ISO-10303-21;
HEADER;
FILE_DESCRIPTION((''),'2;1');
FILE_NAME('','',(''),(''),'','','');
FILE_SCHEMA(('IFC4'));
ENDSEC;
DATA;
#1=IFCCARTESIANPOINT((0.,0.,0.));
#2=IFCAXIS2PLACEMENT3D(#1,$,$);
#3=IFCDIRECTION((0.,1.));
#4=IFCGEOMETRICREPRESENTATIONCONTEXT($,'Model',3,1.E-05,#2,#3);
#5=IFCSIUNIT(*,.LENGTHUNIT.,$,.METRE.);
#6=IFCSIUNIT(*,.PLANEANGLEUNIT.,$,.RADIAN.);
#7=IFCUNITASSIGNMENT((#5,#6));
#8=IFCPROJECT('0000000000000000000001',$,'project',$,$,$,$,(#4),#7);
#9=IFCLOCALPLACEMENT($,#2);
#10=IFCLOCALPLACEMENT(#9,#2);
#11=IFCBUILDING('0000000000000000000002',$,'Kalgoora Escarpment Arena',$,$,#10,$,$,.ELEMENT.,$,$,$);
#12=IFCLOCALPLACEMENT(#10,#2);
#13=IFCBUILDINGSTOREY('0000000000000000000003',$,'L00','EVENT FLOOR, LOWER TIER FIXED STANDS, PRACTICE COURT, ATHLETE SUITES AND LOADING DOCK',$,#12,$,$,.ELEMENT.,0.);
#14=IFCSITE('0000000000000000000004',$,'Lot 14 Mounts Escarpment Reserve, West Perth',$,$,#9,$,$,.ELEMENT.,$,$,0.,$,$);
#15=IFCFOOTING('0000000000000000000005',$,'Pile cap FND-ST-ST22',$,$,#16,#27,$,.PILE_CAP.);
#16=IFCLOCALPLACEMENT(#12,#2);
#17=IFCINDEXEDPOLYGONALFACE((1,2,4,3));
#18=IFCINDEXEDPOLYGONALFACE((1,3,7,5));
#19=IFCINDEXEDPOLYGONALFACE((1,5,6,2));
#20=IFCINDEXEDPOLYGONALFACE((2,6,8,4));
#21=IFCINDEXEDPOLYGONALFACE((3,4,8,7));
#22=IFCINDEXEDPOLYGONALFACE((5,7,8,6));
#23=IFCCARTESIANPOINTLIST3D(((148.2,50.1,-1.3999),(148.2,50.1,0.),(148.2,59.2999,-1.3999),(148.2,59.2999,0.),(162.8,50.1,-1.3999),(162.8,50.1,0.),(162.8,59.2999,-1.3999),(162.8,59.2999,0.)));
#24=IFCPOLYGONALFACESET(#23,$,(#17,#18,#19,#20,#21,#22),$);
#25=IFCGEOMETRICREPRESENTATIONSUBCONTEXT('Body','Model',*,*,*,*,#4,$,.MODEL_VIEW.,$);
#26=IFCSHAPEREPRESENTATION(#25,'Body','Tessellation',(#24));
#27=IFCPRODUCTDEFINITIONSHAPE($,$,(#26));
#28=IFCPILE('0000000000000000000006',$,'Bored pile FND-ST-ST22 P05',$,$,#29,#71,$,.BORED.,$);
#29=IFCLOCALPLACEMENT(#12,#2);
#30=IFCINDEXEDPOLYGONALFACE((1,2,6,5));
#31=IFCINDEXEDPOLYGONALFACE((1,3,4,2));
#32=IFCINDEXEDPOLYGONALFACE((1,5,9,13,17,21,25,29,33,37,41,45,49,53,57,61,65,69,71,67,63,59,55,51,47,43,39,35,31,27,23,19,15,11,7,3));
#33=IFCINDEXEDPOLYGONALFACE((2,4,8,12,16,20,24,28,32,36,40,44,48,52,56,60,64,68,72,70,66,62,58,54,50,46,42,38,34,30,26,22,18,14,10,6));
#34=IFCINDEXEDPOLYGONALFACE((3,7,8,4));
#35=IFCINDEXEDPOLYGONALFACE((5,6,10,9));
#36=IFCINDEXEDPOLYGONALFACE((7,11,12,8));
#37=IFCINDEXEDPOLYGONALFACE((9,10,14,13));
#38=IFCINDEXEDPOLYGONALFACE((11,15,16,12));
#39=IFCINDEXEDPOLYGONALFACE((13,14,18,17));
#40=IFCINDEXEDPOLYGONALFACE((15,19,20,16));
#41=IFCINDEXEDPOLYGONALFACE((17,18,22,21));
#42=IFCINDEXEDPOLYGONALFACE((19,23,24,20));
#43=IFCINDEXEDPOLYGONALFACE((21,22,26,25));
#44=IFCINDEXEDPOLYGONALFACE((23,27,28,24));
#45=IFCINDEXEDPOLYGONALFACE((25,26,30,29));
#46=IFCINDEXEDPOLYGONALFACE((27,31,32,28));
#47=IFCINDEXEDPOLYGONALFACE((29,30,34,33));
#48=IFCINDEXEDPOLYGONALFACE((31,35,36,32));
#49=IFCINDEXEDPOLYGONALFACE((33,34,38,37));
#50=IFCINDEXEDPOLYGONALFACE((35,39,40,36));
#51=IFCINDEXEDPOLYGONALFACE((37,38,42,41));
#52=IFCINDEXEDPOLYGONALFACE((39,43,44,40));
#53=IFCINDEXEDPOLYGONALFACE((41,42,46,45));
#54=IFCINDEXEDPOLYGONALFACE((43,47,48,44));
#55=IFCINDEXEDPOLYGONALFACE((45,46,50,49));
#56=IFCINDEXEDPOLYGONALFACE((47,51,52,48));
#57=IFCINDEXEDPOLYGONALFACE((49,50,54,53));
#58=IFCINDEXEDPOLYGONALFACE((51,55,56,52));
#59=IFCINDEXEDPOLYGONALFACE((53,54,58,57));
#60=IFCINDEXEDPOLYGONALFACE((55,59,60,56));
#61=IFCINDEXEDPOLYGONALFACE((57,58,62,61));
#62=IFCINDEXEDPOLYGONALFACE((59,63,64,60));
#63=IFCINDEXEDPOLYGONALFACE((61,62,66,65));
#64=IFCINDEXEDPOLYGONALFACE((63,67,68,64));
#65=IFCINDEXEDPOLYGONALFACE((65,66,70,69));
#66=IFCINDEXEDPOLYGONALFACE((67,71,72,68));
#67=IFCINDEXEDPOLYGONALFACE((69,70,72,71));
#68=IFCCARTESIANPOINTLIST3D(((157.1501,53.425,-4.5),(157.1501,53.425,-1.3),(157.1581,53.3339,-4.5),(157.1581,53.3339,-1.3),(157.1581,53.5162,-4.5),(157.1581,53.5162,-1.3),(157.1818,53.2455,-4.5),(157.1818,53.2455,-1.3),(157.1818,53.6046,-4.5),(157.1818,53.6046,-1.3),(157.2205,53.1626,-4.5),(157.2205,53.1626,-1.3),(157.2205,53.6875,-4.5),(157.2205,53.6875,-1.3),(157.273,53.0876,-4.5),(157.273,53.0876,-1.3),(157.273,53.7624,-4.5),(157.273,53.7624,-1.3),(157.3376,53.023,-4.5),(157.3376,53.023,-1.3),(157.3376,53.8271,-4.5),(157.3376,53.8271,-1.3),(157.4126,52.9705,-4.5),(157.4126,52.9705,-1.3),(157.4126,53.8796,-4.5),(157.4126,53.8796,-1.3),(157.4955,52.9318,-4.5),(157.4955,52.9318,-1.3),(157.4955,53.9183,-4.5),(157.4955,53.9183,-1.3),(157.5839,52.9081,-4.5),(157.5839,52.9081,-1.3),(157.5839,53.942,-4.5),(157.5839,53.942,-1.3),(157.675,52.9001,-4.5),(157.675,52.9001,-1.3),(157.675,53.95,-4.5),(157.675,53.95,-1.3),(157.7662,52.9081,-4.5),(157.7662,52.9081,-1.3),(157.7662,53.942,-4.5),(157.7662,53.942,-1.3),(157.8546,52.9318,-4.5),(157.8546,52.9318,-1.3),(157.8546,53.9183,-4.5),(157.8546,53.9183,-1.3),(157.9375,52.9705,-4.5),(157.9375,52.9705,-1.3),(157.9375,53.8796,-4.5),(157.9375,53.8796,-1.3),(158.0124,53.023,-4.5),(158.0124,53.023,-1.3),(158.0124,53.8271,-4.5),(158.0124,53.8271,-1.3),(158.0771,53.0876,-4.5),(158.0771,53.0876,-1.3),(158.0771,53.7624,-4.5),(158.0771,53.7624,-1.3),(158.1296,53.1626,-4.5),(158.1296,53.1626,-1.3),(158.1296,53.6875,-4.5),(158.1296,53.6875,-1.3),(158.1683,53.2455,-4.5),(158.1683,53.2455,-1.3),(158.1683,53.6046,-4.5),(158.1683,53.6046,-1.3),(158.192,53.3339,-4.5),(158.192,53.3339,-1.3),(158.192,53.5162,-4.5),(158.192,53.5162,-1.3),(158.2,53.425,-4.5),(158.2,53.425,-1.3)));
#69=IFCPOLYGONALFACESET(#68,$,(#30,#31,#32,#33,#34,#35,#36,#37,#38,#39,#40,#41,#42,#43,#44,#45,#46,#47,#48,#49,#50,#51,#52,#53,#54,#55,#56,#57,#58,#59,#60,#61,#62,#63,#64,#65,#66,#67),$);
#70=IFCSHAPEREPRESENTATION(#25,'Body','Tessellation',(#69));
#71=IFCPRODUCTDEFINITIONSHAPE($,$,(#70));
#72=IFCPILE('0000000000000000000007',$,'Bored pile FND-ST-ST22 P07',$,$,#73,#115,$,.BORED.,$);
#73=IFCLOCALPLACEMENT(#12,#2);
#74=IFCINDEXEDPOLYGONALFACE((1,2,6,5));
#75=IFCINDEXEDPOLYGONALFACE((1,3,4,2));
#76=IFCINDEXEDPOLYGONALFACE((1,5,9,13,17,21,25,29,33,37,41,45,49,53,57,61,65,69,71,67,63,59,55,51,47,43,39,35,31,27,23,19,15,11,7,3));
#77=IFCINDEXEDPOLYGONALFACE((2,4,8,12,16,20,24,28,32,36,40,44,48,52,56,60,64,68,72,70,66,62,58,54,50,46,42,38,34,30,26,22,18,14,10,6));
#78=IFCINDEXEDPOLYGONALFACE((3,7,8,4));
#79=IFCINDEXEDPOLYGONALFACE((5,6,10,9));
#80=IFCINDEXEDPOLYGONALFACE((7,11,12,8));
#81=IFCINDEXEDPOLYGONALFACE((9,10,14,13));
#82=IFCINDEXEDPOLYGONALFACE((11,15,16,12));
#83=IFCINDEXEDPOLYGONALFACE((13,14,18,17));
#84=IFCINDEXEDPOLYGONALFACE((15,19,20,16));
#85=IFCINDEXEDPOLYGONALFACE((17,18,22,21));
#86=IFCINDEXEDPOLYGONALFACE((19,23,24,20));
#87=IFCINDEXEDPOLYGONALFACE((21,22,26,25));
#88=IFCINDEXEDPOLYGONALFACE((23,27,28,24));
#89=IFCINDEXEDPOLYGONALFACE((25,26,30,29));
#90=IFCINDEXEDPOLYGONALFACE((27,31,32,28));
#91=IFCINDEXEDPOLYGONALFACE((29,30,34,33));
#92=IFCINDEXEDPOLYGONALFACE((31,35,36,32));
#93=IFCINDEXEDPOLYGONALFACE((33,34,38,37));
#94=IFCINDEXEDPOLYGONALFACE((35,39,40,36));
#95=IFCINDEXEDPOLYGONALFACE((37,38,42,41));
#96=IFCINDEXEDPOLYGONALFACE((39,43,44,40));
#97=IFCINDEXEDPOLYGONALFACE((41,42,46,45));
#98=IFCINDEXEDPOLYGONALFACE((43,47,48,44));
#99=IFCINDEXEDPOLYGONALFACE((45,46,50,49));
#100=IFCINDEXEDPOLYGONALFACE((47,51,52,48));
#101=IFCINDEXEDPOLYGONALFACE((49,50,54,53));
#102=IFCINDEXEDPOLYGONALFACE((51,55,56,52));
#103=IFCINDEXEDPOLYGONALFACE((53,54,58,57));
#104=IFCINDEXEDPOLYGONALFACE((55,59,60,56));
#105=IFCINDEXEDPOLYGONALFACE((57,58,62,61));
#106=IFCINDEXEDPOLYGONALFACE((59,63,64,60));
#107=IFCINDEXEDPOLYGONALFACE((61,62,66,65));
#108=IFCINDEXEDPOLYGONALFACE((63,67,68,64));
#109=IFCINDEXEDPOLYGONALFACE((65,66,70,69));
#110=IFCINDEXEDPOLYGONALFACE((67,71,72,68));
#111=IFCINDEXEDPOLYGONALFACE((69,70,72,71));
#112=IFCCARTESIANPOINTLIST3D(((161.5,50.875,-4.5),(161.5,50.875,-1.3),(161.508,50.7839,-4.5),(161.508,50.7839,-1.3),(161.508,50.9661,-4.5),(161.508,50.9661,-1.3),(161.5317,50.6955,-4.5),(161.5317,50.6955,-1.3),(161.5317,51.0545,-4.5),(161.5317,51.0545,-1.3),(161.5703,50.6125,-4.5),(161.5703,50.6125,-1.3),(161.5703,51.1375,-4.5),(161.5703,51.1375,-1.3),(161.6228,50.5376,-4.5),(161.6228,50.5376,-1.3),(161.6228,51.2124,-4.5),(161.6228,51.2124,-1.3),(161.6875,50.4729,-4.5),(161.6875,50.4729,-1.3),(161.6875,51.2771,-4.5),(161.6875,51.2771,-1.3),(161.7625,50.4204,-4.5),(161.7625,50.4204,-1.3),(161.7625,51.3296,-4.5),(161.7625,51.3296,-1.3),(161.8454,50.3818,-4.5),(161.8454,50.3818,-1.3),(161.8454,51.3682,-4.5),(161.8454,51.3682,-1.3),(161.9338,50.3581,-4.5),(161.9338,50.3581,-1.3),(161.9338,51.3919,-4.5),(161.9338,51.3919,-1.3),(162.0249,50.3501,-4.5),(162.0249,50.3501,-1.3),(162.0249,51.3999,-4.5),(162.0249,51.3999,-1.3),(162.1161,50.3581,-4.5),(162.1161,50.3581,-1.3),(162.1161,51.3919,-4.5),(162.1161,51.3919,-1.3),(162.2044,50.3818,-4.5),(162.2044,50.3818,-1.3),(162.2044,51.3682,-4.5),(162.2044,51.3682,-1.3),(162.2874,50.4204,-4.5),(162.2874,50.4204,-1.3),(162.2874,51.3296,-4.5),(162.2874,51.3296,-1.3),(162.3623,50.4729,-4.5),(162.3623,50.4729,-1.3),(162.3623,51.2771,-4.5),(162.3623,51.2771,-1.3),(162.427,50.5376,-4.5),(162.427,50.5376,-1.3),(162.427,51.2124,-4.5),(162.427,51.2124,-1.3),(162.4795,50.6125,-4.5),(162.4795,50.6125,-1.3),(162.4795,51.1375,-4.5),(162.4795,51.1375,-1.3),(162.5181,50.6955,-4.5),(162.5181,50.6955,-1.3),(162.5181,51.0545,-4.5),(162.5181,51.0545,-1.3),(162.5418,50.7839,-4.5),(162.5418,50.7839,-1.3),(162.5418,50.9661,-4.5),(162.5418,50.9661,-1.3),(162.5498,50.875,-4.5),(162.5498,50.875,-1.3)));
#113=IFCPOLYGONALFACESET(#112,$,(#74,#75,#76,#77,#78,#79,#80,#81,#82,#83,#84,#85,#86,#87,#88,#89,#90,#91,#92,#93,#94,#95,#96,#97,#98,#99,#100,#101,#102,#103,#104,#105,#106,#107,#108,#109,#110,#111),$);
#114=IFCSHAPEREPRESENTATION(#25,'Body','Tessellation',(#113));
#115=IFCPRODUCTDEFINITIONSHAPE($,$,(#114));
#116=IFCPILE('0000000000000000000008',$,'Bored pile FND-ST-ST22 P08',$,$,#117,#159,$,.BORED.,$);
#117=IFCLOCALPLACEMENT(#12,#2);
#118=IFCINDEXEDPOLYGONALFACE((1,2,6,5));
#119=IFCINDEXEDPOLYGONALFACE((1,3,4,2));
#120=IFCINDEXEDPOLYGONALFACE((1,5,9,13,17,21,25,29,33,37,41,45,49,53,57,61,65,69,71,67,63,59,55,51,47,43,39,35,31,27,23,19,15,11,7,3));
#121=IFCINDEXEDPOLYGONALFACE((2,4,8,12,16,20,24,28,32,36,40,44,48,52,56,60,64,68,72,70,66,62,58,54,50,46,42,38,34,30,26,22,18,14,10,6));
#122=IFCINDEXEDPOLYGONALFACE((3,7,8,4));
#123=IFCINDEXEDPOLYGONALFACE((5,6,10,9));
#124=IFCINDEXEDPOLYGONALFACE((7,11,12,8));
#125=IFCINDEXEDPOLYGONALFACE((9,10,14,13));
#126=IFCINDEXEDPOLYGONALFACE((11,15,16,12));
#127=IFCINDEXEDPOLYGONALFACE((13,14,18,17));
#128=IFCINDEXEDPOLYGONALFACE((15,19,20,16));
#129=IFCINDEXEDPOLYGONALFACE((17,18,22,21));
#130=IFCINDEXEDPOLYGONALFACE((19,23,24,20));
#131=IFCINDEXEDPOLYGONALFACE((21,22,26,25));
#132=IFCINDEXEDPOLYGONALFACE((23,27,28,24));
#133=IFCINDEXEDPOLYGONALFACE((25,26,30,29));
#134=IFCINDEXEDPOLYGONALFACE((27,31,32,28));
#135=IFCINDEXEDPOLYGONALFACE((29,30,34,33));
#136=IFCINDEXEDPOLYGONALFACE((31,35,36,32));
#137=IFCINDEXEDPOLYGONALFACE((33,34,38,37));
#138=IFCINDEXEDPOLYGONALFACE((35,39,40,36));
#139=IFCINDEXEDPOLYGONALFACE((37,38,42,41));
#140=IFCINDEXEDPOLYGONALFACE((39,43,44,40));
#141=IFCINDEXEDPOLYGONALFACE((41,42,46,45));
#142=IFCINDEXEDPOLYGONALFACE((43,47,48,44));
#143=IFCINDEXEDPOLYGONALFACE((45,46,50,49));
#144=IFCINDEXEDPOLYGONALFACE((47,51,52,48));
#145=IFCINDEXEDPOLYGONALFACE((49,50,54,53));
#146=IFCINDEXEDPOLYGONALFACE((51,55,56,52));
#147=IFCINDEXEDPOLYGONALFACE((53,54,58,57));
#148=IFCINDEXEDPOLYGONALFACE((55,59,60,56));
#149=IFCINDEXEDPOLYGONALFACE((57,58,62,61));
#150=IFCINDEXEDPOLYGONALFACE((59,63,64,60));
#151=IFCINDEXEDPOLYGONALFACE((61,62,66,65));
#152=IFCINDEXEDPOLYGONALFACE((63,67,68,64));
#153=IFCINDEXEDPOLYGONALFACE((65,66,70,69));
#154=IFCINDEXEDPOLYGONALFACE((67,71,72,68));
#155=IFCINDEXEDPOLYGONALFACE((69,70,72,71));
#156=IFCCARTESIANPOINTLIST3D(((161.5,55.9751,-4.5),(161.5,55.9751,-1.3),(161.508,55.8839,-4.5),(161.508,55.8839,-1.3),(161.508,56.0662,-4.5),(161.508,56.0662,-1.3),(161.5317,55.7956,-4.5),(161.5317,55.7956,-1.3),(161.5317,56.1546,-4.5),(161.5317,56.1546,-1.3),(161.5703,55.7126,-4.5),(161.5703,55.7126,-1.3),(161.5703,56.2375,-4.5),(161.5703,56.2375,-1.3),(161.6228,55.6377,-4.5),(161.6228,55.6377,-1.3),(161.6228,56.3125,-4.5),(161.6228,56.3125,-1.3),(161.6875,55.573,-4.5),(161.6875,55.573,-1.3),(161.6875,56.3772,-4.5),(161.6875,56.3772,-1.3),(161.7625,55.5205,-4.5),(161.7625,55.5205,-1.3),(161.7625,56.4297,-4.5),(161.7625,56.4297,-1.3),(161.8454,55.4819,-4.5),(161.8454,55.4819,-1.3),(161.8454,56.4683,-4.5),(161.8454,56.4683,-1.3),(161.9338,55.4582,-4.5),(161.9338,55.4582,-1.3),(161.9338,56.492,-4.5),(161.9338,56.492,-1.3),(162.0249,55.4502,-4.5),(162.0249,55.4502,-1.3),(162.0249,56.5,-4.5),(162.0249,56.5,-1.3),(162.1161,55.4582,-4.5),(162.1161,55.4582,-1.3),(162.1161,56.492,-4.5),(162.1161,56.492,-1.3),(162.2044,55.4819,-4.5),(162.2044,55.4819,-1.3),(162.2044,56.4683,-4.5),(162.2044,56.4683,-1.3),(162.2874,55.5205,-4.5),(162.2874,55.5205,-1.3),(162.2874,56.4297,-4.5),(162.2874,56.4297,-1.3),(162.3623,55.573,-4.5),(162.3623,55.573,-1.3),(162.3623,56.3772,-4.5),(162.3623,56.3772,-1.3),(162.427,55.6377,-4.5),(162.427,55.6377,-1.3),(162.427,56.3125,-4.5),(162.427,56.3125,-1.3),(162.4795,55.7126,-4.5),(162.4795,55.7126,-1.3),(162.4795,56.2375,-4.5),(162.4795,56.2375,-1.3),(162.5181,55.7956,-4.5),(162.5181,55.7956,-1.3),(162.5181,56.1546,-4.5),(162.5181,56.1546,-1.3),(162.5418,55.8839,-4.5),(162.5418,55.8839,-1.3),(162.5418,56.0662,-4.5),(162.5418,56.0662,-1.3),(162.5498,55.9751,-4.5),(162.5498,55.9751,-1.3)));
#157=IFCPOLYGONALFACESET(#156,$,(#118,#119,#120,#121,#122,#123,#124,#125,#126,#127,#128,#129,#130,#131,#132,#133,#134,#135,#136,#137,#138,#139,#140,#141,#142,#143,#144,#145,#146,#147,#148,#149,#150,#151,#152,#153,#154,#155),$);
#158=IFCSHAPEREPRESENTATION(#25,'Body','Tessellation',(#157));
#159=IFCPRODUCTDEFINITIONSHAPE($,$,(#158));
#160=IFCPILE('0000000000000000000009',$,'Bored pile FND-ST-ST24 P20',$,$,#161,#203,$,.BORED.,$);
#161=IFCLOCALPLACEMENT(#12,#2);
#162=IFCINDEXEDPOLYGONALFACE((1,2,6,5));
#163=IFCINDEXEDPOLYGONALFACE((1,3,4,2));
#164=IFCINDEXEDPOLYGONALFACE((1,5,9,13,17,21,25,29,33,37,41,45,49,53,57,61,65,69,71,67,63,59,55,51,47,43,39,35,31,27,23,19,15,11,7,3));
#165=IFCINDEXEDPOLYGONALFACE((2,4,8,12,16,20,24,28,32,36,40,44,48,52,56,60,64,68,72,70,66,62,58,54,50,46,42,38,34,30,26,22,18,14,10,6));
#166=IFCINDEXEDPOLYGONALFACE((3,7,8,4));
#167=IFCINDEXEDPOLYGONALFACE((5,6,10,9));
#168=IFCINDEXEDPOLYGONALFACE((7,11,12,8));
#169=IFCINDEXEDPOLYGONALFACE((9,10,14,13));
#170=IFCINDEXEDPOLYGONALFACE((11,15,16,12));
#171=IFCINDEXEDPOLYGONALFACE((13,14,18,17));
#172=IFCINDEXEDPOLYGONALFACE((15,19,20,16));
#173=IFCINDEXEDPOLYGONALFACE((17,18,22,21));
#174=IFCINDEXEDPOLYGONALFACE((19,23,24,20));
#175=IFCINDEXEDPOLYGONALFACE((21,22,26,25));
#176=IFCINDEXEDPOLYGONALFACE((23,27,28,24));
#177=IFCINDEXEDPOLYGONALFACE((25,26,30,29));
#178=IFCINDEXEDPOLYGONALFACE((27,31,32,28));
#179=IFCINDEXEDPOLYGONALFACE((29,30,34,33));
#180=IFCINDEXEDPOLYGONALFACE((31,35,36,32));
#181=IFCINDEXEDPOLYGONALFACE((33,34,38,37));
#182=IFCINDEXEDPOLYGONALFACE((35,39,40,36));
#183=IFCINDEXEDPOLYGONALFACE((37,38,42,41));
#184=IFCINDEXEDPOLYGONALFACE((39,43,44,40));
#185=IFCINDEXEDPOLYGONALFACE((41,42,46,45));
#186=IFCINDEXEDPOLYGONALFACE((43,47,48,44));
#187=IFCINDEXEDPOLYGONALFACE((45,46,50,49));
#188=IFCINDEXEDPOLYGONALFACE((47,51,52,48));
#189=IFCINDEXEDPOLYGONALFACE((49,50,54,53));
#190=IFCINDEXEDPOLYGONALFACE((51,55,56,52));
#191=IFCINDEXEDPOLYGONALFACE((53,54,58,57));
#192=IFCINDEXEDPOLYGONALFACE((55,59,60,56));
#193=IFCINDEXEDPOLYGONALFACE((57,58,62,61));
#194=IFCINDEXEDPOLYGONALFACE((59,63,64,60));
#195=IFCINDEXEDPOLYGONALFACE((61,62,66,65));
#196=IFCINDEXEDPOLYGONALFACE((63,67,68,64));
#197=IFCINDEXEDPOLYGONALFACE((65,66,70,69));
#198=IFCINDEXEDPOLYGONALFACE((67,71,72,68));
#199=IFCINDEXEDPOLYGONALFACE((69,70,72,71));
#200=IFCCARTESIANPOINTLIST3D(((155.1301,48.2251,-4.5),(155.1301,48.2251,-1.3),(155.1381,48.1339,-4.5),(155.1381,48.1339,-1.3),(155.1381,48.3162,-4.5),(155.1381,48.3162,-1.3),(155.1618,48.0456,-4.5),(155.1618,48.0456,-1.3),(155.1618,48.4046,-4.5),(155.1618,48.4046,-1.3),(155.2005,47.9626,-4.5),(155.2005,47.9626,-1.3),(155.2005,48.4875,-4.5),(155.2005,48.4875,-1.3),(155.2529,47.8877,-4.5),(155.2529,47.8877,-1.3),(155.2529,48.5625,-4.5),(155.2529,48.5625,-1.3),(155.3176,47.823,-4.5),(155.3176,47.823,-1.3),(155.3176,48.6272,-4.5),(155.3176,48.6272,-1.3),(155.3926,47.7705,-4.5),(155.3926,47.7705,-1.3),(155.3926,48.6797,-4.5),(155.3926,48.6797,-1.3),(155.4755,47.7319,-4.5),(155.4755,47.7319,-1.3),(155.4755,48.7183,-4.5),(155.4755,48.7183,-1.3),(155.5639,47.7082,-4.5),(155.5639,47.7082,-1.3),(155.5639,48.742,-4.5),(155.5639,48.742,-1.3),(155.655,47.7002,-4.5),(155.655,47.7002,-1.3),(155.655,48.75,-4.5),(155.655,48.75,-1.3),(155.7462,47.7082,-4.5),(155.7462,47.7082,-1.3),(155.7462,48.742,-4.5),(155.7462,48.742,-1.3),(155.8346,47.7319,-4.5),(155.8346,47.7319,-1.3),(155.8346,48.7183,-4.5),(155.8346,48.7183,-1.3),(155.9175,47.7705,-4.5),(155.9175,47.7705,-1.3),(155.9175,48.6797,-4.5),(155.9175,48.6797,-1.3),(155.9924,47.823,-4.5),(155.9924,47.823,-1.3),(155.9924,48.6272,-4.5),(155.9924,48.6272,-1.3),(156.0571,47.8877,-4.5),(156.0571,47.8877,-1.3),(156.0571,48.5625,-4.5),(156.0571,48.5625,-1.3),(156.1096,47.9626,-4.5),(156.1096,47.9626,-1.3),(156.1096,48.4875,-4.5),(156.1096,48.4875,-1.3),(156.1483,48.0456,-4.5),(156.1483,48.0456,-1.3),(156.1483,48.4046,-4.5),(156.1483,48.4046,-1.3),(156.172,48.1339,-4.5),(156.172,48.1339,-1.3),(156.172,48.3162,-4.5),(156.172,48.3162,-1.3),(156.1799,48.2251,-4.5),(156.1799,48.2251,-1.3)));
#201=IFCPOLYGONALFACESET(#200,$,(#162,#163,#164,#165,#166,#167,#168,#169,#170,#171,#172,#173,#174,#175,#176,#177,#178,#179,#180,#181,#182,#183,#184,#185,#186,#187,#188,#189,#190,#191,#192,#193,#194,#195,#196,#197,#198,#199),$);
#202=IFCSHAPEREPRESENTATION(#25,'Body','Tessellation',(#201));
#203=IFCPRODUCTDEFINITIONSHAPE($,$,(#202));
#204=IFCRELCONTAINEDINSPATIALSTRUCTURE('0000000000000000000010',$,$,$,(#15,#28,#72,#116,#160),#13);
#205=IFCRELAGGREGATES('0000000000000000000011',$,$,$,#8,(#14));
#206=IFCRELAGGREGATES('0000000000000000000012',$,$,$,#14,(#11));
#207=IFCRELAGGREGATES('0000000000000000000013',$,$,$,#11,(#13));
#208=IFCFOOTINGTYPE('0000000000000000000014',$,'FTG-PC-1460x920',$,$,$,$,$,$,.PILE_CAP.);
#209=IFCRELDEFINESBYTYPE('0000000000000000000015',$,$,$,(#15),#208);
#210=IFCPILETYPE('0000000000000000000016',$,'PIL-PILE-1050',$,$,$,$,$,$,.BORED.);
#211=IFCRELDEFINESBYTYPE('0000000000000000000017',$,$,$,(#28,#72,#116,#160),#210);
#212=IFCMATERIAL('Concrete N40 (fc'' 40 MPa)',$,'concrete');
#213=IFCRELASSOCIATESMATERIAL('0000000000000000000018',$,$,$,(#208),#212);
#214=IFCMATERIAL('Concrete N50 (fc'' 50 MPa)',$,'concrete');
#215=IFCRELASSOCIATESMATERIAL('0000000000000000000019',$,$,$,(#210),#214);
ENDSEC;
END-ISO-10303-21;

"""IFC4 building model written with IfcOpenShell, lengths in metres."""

from ifc_helpers import new_model, si_unit, direction, frame, origin, origin_2d, place, context, subcontext, project, spatial, rectangle, circle, extrude, material, material_profile, profile_set, type_object, element, save


model = new_model("IFC4")

# Units and contexts
model_context = context("Model", 3, precision=1e-05, world=origin(), true_north=direction((0.0, 1.0)))
body_context = subcontext(model_context, "Body", "Model", "MODEL_VIEW")
ifc_project = project(units=[si_unit("LENGTHUNIT", "METRE"), si_unit("PLANEANGLEUNIT", "RADIAN")], contexts=[model_context])

# Site, building, storey
site_placement = place(None, origin())
site = spatial("IfcSite", under=ifc_project, at=site_placement, Name="Lot 14 Mounts Escarpment Reserve, West Perth", CompositionType="ELEMENT", RefElevation=0.0)
building_placement = place(site_placement, origin())
building = spatial("IfcBuilding", under=site, at=building_placement, Name="Kalgoora Escarpment Arena", CompositionType="ELEMENT")
storey_placement = place(building_placement, origin())
storey = spatial("IfcBuildingStorey", under=building, at=storey_placement, Name="L00", Description="EVENT FLOOR, LOWER TIER FIXED STANDS, PRACTICE COURT, ATHLETE SUITES AND LOADING DOCK", CompositionType="ELEMENT", Elevation=0.0)

# Footing
ifc_material_1 = material(Name="Concrete N40 (fc' 40 MPa)", Category="concrete")
footing_type = type_object("IfcFootingType", Name="FTG-PC-1460x920", PredefinedType="PILE_CAP", material=ifc_material_1)
footing_placement = place(storey_placement, frame((155.5, 54.7, -1.3999), z_axis=(0.0, 0.0, 1.0), x_axis=(1.0, 0.0, 0.0)))
element("IfcFooting", 1, at=footing_placement, inside=storey, type_object=footing_type, Name="Pile cap FND-ST-ST22", PredefinedType="PILE_CAP", context=body_context, shape_type="SweptSolid", body=[
    extrude(rectangle(XDim=14.6001, YDim=9.2, at=origin_2d()), origin(), (0.0, 0.0, 1.0), 1.3999),
])

# Piles
ifc_material_2 = material(Name="Concrete N50 (fc' 50 MPa)", Category="concrete")
ifc_material_profile_1 = material_profile(ifc_material_2, circle(Radius=0.5249, at=origin_2d()))
ifc_profile_set_1 = profile_set([ifc_material_profile_1], Name="Concrete N50 (fc' 50 MPa)")
pile_type_1 = type_object("IfcPileType", Name="PIL-PILE-1050", PredefinedType="BORED", material=ifc_profile_set_1)
for number, where, z_axis, x_axis, name in (
    (2, (157.675, 53.425, -1.3), (0.0, 0.0, -1.0), (1.0, 0.0, 0.0), "Bored pile FND-ST-ST22 P05"),
    (3, (162.0249, 50.875, -1.3), (0.0, 0.0, -1.0), (1.0, 0.0, 0.0), "Bored pile FND-ST-ST22 P07"),
    (4, (162.0249, 55.9751, -1.3), (0.0, 0.0, -1.0), (1.0, 0.0, 0.0), "Bored pile FND-ST-ST22 P08"),
    (5, (155.655, 48.2251, -1.3), (0.0, 0.0, -1.0), (1.0, 0.0, 0.0), "Bored pile FND-ST-ST24 P20"),
):
    element("IfcPile", number, at=place(storey_placement, frame(where, z_axis=z_axis, x_axis=x_axis)), inside=storey, type_object=pile_type_1, Name=name, PredefinedType="BORED", context=body_context, shape_type="SweptSolid", body=[
        extrude(circle(Radius=0.5249, at=origin_2d()), origin(), (0.0, 0.0, 1.0), 3.2),
    ])

save(model, "model.ifc")
